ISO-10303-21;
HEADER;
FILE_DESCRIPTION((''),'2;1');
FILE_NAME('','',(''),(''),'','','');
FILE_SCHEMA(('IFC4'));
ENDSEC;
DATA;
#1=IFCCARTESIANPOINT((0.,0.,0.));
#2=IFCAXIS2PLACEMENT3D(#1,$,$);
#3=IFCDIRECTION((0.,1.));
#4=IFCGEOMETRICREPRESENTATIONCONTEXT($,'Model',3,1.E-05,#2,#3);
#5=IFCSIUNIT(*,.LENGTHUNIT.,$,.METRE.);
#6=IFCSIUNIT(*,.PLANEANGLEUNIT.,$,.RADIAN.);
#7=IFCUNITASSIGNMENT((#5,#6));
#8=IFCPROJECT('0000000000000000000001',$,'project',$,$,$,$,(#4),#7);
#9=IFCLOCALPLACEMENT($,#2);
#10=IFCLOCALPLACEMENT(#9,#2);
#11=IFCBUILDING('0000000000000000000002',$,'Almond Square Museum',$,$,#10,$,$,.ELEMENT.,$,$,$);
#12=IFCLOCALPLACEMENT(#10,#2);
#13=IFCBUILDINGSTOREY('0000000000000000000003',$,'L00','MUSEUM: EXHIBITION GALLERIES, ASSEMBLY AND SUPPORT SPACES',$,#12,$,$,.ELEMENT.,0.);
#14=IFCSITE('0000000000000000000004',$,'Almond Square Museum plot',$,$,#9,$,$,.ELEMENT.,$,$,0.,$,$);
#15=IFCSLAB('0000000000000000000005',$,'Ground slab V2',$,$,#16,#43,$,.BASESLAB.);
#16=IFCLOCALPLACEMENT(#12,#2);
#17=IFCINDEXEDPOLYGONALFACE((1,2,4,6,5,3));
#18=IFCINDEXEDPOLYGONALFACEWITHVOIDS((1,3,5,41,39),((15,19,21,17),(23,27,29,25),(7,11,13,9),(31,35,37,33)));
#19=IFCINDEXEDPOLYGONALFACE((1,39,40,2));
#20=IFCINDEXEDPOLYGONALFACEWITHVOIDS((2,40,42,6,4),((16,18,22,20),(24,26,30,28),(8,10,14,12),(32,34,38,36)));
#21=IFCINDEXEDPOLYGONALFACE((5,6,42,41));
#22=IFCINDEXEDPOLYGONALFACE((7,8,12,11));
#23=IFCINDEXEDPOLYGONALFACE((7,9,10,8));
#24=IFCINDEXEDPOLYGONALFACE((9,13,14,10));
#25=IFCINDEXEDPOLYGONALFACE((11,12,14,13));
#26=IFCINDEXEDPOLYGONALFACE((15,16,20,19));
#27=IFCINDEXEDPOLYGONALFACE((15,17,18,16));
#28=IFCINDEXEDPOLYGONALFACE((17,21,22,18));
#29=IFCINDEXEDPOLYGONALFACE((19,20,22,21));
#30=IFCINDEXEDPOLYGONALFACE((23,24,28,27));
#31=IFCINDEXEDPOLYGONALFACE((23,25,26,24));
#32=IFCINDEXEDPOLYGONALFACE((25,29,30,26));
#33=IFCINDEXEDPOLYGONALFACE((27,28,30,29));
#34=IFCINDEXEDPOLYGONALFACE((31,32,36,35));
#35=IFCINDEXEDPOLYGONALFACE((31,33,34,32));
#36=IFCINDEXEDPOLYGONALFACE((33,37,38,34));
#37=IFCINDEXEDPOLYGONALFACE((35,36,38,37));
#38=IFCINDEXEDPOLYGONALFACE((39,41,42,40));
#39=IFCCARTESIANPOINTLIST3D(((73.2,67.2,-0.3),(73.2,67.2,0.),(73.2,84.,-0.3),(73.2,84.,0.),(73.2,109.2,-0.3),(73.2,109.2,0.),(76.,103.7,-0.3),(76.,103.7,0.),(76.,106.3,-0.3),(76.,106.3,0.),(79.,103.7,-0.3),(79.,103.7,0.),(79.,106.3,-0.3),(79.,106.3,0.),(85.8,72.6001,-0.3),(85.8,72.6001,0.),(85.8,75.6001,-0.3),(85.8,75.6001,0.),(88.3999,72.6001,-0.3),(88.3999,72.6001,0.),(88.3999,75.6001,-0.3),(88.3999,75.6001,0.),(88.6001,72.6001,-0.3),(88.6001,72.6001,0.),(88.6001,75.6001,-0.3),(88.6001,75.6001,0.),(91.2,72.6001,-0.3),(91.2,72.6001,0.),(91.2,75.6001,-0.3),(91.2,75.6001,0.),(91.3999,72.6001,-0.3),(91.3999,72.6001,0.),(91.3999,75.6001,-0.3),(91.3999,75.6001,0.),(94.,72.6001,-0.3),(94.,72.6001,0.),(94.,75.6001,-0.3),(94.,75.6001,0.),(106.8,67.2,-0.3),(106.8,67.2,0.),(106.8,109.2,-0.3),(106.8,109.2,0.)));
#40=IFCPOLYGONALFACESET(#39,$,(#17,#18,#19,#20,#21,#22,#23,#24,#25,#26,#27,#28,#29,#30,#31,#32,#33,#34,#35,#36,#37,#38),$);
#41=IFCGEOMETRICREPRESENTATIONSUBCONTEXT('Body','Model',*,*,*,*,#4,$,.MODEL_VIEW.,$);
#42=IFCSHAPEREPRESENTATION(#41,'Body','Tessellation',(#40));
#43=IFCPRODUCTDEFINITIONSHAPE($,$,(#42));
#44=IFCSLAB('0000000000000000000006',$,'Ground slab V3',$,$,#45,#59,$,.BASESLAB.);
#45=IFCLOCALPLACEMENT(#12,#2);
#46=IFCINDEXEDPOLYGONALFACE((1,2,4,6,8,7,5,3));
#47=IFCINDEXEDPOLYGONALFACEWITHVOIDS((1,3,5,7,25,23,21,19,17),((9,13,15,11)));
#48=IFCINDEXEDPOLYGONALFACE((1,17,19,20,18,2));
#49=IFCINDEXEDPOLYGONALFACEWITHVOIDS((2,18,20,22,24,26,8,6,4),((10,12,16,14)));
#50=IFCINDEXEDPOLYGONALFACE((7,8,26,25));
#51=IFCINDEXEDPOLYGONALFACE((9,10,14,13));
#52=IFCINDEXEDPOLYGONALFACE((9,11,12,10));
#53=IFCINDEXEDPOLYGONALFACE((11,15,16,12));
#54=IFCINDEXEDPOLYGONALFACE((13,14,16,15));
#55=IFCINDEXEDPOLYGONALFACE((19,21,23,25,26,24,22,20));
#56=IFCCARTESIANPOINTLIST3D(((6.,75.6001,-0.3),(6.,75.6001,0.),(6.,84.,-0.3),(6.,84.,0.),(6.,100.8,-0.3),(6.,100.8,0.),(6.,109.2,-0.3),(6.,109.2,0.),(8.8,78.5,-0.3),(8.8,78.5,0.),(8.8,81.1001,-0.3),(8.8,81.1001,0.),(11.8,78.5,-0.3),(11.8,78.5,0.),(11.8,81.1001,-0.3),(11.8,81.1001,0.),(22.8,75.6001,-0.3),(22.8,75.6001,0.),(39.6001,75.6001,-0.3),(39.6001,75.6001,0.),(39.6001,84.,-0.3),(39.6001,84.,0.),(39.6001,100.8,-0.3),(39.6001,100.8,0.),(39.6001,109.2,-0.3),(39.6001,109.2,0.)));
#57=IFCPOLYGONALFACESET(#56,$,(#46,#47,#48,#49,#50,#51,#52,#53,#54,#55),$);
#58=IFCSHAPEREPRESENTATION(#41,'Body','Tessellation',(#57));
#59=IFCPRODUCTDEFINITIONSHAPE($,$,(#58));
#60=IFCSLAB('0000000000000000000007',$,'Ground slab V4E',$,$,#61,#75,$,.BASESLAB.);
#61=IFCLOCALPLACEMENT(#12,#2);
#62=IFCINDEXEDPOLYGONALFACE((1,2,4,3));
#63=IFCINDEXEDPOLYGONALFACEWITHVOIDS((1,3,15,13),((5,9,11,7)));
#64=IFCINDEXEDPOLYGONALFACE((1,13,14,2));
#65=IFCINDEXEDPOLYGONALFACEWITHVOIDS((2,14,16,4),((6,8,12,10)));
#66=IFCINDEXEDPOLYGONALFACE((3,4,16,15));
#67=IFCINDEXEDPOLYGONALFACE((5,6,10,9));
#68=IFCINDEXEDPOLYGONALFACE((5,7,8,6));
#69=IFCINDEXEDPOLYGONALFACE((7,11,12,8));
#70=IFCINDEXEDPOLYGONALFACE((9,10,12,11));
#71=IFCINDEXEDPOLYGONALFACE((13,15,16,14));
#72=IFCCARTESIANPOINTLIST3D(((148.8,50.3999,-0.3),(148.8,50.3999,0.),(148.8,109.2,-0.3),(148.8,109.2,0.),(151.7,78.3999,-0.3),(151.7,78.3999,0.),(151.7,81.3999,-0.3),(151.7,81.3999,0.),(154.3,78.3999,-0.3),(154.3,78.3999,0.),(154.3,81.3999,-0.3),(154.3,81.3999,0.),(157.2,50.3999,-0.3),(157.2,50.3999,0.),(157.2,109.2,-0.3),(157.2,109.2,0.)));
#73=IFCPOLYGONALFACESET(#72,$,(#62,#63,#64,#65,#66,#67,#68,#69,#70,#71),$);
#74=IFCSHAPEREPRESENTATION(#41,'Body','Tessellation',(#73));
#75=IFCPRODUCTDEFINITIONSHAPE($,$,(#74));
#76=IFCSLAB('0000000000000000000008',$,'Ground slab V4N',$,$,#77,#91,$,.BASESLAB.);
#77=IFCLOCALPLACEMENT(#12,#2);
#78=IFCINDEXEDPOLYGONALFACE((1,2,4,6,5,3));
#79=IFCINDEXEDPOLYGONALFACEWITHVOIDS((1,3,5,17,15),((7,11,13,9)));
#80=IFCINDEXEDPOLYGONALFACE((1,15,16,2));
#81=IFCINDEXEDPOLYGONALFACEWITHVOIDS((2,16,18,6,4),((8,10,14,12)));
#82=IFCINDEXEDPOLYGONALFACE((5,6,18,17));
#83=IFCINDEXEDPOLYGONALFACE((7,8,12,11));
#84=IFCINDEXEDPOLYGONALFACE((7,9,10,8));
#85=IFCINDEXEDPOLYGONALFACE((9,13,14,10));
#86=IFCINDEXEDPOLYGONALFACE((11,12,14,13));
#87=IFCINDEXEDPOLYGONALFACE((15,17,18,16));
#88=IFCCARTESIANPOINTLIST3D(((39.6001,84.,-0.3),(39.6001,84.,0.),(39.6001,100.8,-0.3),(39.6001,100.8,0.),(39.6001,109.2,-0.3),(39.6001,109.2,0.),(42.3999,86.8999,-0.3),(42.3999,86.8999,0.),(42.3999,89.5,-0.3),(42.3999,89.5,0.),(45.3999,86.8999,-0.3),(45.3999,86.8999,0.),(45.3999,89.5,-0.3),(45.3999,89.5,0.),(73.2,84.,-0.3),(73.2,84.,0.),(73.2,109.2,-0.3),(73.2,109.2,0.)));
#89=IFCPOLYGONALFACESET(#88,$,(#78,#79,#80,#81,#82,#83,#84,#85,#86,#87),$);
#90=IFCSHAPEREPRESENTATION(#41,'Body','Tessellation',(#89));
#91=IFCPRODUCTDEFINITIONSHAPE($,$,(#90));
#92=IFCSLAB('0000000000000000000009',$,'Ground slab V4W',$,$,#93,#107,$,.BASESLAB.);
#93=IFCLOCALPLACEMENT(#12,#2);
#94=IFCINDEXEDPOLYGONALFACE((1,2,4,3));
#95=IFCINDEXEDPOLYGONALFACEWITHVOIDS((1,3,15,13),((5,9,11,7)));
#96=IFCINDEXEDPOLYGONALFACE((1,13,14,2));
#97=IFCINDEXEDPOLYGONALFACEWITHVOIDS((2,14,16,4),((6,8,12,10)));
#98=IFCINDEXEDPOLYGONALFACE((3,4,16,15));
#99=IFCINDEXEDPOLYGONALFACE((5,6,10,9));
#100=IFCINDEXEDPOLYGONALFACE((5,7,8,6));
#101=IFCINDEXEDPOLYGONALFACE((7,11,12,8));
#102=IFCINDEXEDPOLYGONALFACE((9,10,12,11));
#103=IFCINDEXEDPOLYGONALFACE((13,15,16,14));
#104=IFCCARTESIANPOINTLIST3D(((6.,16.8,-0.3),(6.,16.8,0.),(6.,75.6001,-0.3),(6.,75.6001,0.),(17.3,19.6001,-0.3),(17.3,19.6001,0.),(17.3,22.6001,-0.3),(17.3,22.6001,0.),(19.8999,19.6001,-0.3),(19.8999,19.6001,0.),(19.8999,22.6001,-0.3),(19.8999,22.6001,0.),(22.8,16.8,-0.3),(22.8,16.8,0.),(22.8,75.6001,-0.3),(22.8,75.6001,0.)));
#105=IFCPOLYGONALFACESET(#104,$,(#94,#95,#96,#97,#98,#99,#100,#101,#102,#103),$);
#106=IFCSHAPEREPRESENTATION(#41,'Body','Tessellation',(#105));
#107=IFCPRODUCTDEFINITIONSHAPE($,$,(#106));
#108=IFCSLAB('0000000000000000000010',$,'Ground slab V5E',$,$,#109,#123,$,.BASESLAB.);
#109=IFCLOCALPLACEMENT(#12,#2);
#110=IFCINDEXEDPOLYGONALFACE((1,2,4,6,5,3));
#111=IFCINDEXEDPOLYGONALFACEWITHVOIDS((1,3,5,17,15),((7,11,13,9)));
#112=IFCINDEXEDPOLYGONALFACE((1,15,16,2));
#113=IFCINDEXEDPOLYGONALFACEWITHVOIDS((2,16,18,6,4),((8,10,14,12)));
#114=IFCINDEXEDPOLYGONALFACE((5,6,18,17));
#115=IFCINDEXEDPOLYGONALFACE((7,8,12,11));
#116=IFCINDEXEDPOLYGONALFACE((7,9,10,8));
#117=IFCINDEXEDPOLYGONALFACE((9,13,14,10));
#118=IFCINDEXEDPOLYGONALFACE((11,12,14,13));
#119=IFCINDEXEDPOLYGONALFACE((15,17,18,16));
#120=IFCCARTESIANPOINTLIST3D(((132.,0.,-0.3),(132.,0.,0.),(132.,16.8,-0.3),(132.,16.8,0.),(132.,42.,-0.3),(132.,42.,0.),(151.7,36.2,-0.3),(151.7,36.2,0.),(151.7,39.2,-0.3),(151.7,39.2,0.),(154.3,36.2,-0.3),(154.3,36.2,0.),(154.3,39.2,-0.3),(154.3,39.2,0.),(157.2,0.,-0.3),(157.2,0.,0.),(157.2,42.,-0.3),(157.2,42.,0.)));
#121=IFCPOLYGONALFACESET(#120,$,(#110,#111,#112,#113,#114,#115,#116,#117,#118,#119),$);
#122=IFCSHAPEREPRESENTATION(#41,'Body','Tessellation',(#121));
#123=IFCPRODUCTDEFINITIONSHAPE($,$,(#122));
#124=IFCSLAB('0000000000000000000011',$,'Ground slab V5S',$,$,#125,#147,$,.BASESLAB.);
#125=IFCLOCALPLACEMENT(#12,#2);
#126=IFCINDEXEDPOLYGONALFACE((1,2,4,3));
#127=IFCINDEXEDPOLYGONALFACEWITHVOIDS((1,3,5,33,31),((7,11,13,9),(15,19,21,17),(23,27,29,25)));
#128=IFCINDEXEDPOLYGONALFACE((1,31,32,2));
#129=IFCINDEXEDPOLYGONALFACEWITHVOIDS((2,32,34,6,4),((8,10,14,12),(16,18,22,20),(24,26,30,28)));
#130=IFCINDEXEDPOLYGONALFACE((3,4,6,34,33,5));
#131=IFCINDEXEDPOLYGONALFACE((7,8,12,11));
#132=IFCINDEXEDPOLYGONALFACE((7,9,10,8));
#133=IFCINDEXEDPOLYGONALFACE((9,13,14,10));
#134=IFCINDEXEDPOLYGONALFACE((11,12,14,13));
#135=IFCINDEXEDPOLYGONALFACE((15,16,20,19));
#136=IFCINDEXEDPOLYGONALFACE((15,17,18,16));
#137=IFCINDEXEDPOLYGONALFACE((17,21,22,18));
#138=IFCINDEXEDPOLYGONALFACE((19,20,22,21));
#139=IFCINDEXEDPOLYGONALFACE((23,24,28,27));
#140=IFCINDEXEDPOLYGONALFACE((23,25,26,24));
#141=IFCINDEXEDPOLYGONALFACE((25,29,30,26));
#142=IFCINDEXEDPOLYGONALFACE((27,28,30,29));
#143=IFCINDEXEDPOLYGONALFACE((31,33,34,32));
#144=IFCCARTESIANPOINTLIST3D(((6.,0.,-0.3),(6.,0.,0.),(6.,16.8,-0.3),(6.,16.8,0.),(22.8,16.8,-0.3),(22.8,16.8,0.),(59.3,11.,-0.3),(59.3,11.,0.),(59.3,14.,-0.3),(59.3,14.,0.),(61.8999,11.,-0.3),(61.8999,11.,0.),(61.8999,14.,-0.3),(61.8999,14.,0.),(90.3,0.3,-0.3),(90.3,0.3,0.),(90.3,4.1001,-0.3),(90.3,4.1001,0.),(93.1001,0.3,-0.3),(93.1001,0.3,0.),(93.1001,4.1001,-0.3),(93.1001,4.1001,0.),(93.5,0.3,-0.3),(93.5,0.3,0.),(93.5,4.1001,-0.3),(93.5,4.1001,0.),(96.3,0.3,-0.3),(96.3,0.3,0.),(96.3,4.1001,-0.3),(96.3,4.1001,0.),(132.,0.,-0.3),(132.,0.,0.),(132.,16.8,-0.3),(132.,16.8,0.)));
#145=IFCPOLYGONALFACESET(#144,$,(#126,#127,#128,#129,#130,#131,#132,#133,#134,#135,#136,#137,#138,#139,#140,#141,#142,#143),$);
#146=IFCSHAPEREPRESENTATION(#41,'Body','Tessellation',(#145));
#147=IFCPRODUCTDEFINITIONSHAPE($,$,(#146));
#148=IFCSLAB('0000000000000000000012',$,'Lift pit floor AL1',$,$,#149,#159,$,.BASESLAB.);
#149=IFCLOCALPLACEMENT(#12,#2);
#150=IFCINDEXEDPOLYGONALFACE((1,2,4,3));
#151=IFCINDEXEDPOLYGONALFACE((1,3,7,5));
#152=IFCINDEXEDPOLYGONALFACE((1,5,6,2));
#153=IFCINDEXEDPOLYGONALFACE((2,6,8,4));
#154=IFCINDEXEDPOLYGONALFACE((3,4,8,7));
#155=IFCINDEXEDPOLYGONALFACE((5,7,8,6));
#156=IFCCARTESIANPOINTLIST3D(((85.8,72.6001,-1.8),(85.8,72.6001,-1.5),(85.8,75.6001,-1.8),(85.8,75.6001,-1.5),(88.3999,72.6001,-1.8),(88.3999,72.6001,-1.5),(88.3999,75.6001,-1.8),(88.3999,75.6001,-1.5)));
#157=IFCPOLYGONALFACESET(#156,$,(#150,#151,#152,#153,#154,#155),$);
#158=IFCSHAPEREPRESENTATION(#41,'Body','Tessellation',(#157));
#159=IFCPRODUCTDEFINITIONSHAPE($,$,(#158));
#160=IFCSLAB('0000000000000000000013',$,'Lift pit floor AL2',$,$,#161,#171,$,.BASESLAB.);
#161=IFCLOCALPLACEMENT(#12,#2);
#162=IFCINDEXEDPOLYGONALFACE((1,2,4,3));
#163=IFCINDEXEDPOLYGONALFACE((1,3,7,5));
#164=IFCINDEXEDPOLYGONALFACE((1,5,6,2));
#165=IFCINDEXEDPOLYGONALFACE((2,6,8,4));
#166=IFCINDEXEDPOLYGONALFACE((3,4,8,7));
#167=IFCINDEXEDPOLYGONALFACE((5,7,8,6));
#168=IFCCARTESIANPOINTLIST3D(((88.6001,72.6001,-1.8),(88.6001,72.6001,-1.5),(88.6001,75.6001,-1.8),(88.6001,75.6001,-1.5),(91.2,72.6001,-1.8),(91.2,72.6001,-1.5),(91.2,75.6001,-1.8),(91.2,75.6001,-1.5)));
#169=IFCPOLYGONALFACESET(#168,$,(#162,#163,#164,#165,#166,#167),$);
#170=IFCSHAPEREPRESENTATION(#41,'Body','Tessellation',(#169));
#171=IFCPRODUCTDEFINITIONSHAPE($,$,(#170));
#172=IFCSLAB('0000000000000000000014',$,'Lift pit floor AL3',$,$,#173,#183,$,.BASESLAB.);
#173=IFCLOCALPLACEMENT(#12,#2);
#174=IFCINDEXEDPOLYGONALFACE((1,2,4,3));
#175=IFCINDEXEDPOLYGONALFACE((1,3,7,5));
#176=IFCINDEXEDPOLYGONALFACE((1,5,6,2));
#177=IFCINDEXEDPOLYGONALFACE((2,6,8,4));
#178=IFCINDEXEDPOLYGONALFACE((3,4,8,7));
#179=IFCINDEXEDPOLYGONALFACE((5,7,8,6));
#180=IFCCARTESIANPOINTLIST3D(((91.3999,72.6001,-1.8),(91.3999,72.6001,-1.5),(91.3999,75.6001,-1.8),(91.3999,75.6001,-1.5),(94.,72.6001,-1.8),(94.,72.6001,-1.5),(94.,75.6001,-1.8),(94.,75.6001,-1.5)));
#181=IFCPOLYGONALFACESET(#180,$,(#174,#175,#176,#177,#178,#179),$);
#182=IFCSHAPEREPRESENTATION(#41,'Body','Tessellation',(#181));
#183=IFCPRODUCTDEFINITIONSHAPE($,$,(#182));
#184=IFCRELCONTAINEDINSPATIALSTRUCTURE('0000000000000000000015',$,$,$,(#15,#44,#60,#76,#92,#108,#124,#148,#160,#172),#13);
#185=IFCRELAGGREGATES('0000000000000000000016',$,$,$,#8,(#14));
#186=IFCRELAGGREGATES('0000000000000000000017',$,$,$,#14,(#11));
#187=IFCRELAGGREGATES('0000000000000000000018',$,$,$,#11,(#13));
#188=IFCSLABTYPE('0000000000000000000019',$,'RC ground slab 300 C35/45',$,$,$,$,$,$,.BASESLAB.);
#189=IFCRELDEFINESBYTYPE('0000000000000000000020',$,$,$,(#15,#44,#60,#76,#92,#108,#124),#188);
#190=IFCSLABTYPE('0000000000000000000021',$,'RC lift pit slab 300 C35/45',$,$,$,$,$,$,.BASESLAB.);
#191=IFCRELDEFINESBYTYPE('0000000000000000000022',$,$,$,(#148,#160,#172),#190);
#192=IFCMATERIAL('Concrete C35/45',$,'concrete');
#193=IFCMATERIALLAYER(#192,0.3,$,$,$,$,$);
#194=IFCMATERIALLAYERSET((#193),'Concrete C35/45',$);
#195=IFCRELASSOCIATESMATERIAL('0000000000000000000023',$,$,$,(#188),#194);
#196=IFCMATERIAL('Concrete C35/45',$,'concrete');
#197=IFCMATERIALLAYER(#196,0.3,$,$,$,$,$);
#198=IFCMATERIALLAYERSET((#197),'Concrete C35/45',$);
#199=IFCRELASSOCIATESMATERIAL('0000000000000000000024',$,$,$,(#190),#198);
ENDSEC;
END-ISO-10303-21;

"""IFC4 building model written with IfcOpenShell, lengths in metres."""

from ifc_helpers import new_model, si_unit, direction, frame, origin, place, context, subcontext, project, spatial, polyline, outline, extrude, material, layer, layer_set, type_object, element, save


model = new_model("IFC4")

# Units and contexts
model_context = context("Model", 3, precision=1e-05, world=origin(), true_north=direction((0.0, 1.0)))
body_context = subcontext(model_context, "Body", "Model", "MODEL_VIEW")
ifc_project = project(units=[si_unit("LENGTHUNIT", "METRE"), si_unit("PLANEANGLEUNIT", "RADIAN")], contexts=[model_context])

# Site, building, storey
site_placement = place(None, origin())
site = spatial("IfcSite", under=ifc_project, at=site_placement, Name="Almond Square Museum plot", CompositionType="ELEMENT", RefElevation=0.0)
building_placement = place(site_placement, origin())
building = spatial("IfcBuilding", under=site, at=building_placement, Name="Almond Square Museum", CompositionType="ELEMENT")
storey_placement = place(building_placement, origin())
storey = spatial("IfcBuildingStorey", under=building, at=storey_placement, Name="L00", Description="MUSEUM: EXHIBITION GALLERIES, ASSEMBLY AND SUPPORT SPACES", CompositionType="ELEMENT", Elevation=0.0)

# Slabs
ifc_material_1 = material(Name="Concrete C35/45", Category="concrete")
ifc_layer_1 = layer(ifc_material_1, 0.3)
ifc_layer_set_1 = layer_set([ifc_layer_1], Name="Concrete C35/45")
slab_type_1 = type_object("IfcSlabType", Name="RC ground slab 300 C35/45", PredefinedType="BASESLAB", material=ifc_layer_set_1)
slab_1_placement = place(storey_placement, frame((0.0, 0.0, -0.3)))
element("IfcSlab", 1, at=slab_1_placement, inside=storey, type_object=slab_type_1, Name="Ground slab V2", PredefinedType="BASESLAB", context=body_context, shape_type="SweptSolid", body=[
    extrude(outline(polyline([(73.2, 109.2), (106.8, 109.2), (106.8, 67.2), (73.2, 67.2), (73.2, 84.0), (73.2, 109.2)]), holes=[polyline([(88.3999, 75.6001), (85.8, 75.6001), (85.8, 72.6001), (88.3999, 72.6001), (88.3999, 75.6001)]), polyline([(91.2, 75.6001), (88.6001, 75.6001), (88.6001, 72.6001), (91.2, 72.6001), (91.2, 75.6001)]), polyline([(79.0, 106.3), (76.0, 106.3), (76.0, 103.7), (79.0, 103.7), (79.0, 106.3)]), polyline([(94.0, 75.6001), (91.3999, 75.6001), (91.3999, 72.6001), (94.0, 72.6001), (94.0, 75.6001)])]), origin(), (0.0, 0.0, 1.0), 0.3),
])
slab_2_placement = place(storey_placement, frame((0.0, 0.0, -0.3)))
element("IfcSlab", 2, at=slab_2_placement, inside=storey, type_object=slab_type_1, Name="Ground slab V3", PredefinedType="BASESLAB", context=body_context, shape_type="SweptSolid", body=[
    extrude(outline(polyline([(22.8, 75.6001), (6.0, 75.6001), (6.0, 84.0), (6.0, 100.8), (6.0, 109.2), (39.6001, 109.2), (39.6001, 100.8), (39.6001, 84.0), (39.6001, 75.6001), (22.8, 75.6001)]), holes=[polyline([(11.8, 81.1001), (8.8, 81.1001), (8.8, 78.5), (11.8, 78.5), (11.8, 81.1001)])]), origin(), (0.0, 0.0, 1.0), 0.3),
])
slab_3_placement = place(storey_placement, frame((0.0, 0.0, -0.3)))
element("IfcSlab", 3, at=slab_3_placement, inside=storey, type_object=slab_type_1, Name="Ground slab V4E", PredefinedType="BASESLAB", context=body_context, shape_type="SweptSolid", body=[
    extrude(outline(polyline([(157.2, 109.2), (157.2, 50.3999), (148.8, 50.3999), (148.8, 109.2), (157.2, 109.2)]), holes=[polyline([(154.3, 81.3999), (151.7, 81.3999), (151.7, 78.3999), (154.3, 78.3999), (154.3, 81.3999)])]), origin(), (0.0, 0.0, 1.0), 0.3),
])
slab_4_placement = place(storey_placement, frame((0.0, 0.0, -0.3)))
element("IfcSlab", 4, at=slab_4_placement, inside=storey, type_object=slab_type_1, Name="Ground slab V4N", PredefinedType="BASESLAB", context=body_context, shape_type="SweptSolid", body=[
    extrude(outline(polyline([(39.6001, 100.8), (39.6001, 109.2), (73.2, 109.2), (73.2, 84.0), (39.6001, 84.0), (39.6001, 100.8)]), holes=[polyline([(45.3999, 89.5), (42.3999, 89.5), (42.3999, 86.8999), (45.3999, 86.8999), (45.3999, 89.5)])]), origin(), (0.0, 0.0, 1.0), 0.3),
])
slab_5_placement = place(storey_placement, frame((0.0, 0.0, -0.3)))
element("IfcSlab", 5, at=slab_5_placement, inside=storey, type_object=slab_type_1, Name="Ground slab V4W", PredefinedType="BASESLAB", context=body_context, shape_type="SweptSolid", body=[
    extrude(outline(polyline([(22.8, 75.6001), (22.8, 16.8), (6.0, 16.8), (6.0, 75.6001), (22.8, 75.6001)]), holes=[polyline([(19.8999, 22.6001), (17.3, 22.6001), (17.3, 19.6001), (19.8999, 19.6001), (19.8999, 22.6001)])]), origin(), (0.0, 0.0, 1.0), 0.3),
])
slab_6_placement = place(storey_placement, frame((0.0, 0.0, -0.3)))
element("IfcSlab", 6, at=slab_6_placement, inside=storey, type_object=slab_type_1, Name="Ground slab V5E", PredefinedType="BASESLAB", context=body_context, shape_type="SweptSolid", body=[
    extrude(outline(polyline([(132.0, 0.0), (132.0, 16.8), (132.0, 42.0), (157.2, 42.0), (157.2, 0.0), (132.0, 0.0)]), holes=[polyline([(154.3, 39.2), (151.7, 39.2), (151.7, 36.2), (154.3, 36.2), (154.3, 39.2)])]), origin(), (0.0, 0.0, 1.0), 0.3),
])
slab_7_placement = place(storey_placement, frame((0.0, 0.0, -0.3)))
element("IfcSlab", 7, at=slab_7_placement, inside=storey, type_object=slab_type_1, Name="Ground slab V5S", PredefinedType="BASESLAB", context=body_context, shape_type="SweptSolid", body=[
    extrude(outline(polyline([(22.8, 16.8), (132.0, 16.8), (132.0, 0.0), (6.0, 0.0), (6.0, 16.8), (22.8, 16.8)]), holes=[polyline([(59.3, 14.0), (59.3, 11.0), (61.8999, 11.0), (61.8999, 14.0), (59.3, 14.0)]), polyline([(90.3, 4.1001), (90.3, 0.3), (93.1001, 0.3), (93.1001, 4.1001), (90.3, 4.1001)]), polyline([(96.3, 4.1001), (93.5, 4.1001), (93.5, 0.3), (96.3, 0.3), (96.3, 4.1001)])]), origin(), (0.0, 0.0, 1.0), 0.3),
])
ifc_material_2 = material(Name="Concrete C35/45", Category="concrete")
ifc_layer_2 = layer(ifc_material_2, 0.3)
ifc_layer_set_2 = layer_set([ifc_layer_2], Name="Concrete C35/45")
slab_type_2 = type_object("IfcSlabType", Name="RC lift pit slab 300 C35/45", PredefinedType="BASESLAB", material=ifc_layer_set_2)
slab_8_placement = place(storey_placement, frame((0.0, 0.0, -1.8)))
element("IfcSlab", 8, at=slab_8_placement, inside=storey, type_object=slab_type_2, Name="Lift pit floor AL1", PredefinedType="BASESLAB", context=body_context, shape_type="SweptSolid", body=[
    extrude(outline(polyline([(85.8, 72.6001), (88.3999, 72.6001), (88.3999, 75.6001), (85.8, 75.6001), (85.8, 72.6001)])), origin(), (0.0, 0.0, 1.0), 0.3),
])
slab_9_placement = place(storey_placement, frame((0.0, 0.0, -1.8)))
element("IfcSlab", 9, at=slab_9_placement, inside=storey, type_object=slab_type_2, Name="Lift pit floor AL2", PredefinedType="BASESLAB", context=body_context, shape_type="SweptSolid", body=[
    extrude(outline(polyline([(88.6001, 72.6001), (91.2, 72.6001), (91.2, 75.6001), (88.6001, 75.6001), (88.6001, 72.6001)])), origin(), (0.0, 0.0, 1.0), 0.3),
])
slab_10_placement = place(storey_placement, frame((0.0, 0.0, -1.8)))
element("IfcSlab", 10, at=slab_10_placement, inside=storey, type_object=slab_type_2, Name="Lift pit floor AL3", PredefinedType="BASESLAB", context=body_context, shape_type="SweptSolid", body=[
    extrude(outline(polyline([(91.3999, 72.6001), (94.0, 72.6001), (94.0, 75.6001), (91.3999, 75.6001), (91.3999, 72.6001)])), origin(), (0.0, 0.0, 1.0), 0.3),
])

save(model, "model.ifc")
